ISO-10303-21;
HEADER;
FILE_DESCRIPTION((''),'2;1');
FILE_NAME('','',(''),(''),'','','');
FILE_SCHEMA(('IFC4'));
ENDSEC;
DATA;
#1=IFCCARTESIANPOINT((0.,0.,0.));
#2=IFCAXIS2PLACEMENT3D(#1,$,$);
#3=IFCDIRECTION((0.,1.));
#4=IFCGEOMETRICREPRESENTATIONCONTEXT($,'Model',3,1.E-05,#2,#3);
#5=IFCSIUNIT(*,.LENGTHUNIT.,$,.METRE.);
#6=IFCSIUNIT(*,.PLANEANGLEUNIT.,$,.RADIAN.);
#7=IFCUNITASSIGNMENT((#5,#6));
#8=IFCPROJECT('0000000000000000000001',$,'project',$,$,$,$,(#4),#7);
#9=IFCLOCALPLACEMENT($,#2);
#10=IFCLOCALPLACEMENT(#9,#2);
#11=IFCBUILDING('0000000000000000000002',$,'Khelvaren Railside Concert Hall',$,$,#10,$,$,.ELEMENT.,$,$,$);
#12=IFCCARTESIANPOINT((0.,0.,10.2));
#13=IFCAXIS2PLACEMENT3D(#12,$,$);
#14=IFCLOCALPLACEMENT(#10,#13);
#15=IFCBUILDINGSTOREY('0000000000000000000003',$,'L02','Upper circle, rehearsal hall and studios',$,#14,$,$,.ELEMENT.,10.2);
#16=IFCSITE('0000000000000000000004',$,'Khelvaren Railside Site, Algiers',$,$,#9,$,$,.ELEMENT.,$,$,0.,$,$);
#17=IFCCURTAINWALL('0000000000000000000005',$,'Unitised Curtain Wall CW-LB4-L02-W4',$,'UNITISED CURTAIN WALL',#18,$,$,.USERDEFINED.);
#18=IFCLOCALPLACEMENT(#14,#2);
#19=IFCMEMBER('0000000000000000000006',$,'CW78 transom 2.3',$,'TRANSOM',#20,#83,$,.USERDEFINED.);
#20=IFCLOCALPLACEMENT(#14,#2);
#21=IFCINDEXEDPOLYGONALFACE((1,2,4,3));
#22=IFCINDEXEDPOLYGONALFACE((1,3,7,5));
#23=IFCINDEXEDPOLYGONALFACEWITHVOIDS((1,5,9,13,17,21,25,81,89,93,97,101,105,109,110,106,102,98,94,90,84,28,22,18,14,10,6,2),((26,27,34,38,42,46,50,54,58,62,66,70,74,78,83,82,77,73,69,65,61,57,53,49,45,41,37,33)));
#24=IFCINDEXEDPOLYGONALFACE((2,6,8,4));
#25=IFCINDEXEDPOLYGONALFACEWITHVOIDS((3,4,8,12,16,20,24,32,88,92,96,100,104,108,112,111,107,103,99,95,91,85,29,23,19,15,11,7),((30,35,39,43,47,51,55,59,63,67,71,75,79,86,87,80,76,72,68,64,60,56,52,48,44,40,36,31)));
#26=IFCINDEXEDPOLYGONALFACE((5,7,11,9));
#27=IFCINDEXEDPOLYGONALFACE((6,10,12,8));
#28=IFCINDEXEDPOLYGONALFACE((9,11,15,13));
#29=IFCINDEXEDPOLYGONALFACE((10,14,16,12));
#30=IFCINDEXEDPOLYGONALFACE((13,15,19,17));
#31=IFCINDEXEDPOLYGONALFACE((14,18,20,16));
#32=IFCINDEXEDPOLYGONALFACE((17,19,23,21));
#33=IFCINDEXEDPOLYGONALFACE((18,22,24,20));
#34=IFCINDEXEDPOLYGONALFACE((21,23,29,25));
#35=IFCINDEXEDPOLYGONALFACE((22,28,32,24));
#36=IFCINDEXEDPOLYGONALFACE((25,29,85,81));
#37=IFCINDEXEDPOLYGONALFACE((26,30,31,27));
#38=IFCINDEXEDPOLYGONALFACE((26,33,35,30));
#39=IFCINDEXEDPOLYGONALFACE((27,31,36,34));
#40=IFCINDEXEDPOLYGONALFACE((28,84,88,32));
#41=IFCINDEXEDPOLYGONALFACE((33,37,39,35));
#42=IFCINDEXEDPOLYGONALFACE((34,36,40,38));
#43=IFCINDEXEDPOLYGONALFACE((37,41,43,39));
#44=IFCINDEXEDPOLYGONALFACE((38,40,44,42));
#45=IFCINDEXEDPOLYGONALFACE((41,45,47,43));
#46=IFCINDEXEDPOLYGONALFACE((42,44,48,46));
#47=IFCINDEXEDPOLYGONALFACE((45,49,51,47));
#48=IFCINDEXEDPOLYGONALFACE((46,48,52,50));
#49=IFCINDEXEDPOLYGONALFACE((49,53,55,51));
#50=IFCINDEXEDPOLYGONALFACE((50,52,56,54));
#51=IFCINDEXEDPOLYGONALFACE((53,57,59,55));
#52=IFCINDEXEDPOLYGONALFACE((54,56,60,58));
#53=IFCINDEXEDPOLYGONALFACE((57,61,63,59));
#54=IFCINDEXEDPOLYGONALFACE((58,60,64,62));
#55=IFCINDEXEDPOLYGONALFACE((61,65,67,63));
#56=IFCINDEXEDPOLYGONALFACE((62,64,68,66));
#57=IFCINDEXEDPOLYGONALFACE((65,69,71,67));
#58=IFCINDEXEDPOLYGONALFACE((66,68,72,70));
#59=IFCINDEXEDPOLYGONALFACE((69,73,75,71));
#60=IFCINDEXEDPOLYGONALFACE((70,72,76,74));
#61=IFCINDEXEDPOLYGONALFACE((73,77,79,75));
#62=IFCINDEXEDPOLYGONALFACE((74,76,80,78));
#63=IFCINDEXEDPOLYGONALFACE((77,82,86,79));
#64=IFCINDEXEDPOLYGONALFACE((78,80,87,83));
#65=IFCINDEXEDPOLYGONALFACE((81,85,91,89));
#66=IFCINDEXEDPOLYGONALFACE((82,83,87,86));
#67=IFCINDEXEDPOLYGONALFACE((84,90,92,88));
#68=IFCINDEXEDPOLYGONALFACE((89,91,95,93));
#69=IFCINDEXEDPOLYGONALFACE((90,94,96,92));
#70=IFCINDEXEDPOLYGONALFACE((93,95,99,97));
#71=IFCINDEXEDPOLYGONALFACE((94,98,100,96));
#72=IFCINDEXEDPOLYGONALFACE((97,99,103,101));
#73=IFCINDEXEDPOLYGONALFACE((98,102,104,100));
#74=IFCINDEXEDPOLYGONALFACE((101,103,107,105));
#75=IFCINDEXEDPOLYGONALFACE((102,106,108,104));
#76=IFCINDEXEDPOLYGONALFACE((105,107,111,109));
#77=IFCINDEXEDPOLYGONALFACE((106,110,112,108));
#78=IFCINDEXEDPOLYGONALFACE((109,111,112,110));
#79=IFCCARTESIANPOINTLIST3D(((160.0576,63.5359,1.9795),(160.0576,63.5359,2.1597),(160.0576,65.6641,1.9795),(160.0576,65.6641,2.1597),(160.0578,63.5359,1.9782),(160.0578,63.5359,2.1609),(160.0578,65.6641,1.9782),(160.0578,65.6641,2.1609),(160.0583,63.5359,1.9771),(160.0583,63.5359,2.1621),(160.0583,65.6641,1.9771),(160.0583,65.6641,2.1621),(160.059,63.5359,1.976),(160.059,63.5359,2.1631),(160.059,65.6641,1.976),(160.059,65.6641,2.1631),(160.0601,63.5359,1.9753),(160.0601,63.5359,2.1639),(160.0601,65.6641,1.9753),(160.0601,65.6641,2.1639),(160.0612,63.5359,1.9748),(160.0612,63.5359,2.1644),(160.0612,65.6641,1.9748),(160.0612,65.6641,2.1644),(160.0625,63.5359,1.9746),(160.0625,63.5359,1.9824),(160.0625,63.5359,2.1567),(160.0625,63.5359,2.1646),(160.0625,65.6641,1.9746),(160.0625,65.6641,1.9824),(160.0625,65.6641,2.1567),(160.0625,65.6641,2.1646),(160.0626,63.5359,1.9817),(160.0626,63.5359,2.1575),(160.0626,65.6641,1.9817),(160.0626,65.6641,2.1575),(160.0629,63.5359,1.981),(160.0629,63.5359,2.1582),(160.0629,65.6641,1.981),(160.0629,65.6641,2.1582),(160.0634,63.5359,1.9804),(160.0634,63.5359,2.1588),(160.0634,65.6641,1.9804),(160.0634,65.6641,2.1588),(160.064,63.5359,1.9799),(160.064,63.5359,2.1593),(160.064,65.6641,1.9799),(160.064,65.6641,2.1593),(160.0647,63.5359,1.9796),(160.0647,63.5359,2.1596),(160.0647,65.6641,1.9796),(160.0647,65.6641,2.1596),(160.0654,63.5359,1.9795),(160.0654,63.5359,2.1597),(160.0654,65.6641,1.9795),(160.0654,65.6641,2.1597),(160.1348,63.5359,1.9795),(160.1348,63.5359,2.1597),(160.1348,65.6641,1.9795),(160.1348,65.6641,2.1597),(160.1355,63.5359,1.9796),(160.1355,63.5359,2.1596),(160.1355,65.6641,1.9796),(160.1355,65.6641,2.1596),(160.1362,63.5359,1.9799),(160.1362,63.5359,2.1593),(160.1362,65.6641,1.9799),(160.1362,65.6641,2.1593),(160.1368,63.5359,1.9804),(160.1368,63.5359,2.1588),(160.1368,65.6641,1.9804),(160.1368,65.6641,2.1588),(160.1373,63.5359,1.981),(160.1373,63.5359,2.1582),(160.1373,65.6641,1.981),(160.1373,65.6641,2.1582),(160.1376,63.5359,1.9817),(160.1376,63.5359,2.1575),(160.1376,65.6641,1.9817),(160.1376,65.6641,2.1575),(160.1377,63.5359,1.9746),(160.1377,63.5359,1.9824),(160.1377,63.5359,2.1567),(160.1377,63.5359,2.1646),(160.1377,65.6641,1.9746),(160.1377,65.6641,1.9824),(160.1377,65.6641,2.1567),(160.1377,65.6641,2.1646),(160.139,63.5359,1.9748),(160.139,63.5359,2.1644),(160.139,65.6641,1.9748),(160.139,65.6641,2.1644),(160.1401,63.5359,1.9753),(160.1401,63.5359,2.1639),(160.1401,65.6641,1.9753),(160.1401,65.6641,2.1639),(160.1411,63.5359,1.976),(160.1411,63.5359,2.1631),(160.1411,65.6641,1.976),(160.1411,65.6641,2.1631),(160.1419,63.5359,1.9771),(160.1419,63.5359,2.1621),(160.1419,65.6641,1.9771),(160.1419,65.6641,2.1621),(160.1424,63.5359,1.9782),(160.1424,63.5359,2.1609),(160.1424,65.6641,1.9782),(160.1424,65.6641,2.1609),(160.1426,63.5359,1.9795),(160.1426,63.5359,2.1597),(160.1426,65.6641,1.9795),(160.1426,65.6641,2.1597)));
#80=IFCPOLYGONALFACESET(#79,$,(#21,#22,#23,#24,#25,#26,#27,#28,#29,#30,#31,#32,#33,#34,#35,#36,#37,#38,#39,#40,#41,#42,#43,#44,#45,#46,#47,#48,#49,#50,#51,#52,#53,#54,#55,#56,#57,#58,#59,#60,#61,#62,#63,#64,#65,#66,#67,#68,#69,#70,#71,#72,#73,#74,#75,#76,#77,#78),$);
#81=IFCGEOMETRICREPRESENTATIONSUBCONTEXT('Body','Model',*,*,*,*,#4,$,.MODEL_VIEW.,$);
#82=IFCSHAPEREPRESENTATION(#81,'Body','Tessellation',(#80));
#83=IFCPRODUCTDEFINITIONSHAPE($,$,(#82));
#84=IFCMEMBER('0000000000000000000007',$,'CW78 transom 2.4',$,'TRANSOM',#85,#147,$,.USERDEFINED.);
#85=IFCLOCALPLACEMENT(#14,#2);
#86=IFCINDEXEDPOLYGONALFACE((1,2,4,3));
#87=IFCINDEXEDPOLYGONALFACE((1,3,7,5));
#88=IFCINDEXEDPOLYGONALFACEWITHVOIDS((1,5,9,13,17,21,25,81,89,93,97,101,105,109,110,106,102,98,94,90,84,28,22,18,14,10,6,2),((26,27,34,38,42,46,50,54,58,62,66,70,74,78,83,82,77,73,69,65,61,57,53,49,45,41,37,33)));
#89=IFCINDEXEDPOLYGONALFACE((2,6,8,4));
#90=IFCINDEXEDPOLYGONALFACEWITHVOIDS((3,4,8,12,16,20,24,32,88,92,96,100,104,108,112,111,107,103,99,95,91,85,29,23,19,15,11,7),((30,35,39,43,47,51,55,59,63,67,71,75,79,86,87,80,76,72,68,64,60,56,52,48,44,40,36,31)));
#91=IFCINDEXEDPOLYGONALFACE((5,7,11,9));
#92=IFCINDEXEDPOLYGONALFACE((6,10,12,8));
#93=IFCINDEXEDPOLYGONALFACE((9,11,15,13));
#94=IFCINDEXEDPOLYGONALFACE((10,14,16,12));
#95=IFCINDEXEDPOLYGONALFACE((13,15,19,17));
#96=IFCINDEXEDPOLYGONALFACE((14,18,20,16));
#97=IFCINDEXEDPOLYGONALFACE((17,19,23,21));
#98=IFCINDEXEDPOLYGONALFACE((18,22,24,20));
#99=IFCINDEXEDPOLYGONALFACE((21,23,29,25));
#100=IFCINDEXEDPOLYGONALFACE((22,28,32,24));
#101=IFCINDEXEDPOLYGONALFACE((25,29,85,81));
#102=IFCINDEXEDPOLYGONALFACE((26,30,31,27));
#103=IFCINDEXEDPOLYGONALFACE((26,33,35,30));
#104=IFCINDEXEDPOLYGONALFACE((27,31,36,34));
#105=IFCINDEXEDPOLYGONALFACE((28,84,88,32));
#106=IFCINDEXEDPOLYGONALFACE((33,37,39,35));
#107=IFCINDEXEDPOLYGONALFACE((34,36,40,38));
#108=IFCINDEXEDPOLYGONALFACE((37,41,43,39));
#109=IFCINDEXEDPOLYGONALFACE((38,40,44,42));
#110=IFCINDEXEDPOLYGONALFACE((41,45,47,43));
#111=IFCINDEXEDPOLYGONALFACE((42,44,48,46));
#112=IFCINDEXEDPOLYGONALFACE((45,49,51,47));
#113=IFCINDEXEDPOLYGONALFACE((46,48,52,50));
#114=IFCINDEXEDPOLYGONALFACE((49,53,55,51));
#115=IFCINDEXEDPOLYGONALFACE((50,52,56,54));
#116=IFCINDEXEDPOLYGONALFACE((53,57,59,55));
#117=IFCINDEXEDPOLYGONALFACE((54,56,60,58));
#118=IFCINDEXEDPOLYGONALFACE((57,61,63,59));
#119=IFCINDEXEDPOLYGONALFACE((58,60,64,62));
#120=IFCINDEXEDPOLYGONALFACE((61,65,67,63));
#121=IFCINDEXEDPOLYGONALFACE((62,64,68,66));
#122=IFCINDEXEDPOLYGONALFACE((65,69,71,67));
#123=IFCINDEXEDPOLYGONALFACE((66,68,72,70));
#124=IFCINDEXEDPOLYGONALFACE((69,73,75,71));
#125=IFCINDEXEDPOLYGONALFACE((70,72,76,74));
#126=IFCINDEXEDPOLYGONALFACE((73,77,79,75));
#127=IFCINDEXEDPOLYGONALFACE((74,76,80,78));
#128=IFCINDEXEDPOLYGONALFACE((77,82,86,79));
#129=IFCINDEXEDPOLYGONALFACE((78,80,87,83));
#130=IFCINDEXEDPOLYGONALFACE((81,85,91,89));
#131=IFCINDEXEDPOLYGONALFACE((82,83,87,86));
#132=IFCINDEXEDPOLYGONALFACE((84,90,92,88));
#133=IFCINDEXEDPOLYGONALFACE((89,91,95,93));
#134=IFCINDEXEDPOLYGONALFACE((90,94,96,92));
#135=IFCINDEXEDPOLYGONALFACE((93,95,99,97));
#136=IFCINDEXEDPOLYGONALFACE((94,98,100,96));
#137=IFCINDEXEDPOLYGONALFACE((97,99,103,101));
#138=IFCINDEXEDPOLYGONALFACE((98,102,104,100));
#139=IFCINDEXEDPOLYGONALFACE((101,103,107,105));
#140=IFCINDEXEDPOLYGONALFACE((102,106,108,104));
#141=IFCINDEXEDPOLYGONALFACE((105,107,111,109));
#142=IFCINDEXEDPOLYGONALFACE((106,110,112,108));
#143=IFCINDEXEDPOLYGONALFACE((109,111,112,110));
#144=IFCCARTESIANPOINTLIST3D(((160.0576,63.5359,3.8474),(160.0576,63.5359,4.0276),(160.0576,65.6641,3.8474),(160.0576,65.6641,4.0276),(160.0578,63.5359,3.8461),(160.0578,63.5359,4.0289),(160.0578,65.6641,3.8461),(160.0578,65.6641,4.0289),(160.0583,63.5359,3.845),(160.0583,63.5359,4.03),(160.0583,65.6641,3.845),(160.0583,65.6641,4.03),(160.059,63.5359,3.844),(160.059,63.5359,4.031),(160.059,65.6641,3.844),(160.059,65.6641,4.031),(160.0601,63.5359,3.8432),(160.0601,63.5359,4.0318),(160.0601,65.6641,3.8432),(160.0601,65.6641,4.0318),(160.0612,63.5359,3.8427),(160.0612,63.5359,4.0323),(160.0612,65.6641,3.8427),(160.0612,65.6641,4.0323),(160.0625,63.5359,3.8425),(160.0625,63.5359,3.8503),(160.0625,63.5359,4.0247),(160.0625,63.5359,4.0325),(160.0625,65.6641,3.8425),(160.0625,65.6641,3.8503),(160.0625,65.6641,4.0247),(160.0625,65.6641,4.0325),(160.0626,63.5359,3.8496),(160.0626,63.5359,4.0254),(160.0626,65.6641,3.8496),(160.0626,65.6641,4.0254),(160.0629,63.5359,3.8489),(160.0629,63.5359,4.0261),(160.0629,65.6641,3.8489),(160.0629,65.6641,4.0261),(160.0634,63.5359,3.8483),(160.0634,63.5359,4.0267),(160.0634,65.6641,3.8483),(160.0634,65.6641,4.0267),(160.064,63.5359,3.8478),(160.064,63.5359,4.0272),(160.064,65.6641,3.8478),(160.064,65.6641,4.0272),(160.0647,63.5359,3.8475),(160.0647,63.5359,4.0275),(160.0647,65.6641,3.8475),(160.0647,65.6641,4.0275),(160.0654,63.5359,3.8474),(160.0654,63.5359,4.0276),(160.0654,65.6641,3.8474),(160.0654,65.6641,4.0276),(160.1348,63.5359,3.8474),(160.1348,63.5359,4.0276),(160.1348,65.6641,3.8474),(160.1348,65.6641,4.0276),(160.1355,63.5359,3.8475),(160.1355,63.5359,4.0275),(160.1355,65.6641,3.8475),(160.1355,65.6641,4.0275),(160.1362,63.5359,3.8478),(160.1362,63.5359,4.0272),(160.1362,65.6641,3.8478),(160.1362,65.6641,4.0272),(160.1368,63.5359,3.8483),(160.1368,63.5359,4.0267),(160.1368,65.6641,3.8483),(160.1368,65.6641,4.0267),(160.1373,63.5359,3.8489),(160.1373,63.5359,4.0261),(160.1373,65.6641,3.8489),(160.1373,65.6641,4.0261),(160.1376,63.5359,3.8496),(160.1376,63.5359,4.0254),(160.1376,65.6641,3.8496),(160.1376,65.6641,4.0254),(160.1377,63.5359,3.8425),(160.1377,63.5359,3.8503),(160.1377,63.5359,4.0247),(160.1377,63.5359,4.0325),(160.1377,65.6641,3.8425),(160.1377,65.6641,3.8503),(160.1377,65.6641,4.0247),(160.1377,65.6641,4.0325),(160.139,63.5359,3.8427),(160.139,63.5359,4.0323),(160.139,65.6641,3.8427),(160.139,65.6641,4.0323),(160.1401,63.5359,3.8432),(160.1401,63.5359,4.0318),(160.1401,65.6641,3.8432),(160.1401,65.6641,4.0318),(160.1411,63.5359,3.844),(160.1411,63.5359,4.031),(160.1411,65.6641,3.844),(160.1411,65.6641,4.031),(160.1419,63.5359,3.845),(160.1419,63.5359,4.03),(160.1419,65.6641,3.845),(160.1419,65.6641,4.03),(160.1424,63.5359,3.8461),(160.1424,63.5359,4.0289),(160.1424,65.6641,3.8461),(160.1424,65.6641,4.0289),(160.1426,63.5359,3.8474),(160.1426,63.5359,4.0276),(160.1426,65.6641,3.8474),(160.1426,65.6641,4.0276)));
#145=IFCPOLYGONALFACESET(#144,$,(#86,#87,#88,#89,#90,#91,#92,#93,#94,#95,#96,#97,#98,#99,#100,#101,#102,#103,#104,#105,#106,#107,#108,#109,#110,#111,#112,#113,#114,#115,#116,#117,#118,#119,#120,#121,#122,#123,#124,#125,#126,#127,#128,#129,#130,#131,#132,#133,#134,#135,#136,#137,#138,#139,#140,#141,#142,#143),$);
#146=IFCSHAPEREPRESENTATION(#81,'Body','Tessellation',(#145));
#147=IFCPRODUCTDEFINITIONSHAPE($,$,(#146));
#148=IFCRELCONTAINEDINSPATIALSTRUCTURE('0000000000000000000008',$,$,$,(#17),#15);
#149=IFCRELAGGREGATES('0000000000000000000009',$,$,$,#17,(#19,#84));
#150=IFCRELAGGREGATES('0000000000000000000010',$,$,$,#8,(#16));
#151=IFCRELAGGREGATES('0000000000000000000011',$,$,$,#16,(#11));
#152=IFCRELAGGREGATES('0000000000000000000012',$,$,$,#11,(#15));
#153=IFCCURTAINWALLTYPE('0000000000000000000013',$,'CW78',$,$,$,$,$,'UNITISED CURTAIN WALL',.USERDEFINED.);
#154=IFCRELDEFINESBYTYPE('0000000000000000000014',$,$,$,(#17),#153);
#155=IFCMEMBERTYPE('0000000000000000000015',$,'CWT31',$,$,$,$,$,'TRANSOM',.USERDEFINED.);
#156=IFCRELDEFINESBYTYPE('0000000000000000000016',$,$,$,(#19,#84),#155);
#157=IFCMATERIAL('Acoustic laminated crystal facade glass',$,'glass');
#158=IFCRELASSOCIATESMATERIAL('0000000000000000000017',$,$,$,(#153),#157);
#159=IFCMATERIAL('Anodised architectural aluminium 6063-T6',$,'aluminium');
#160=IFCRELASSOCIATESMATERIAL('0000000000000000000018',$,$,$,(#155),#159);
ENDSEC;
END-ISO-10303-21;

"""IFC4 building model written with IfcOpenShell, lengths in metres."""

from ifc_helpers import new_model, si_unit, direction, frame, origin, origin_2d, place, context, subcontext, project, spatial, hollow_rectangle, extrude, material, material_profile, profile_set, type_object, element, aggregate, save


model = new_model("IFC4")

# Units and contexts
model_context = context("Model", 3, precision=1e-05, world=origin(), true_north=direction((0.0, 1.0)))
body_context = subcontext(model_context, "Body", "Model", "MODEL_VIEW")
ifc_project = project(units=[si_unit("LENGTHUNIT", "METRE"), si_unit("PLANEANGLEUNIT", "RADIAN")], contexts=[model_context])

# Site, building, storey
site_placement = place(None, origin())
site = spatial("IfcSite", under=ifc_project, at=site_placement, Name="Khelvaren Railside Site, Algiers", CompositionType="ELEMENT", RefElevation=0.0)
building_placement = place(site_placement, origin())
building = spatial("IfcBuilding", under=site, at=building_placement, Name="Khelvaren Railside Concert Hall", CompositionType="ELEMENT")
storey_placement = place(building_placement, frame((0.0, 0.0, 10.2)))
storey = spatial("IfcBuildingStorey", under=building, at=storey_placement, Name="L02", Description="Upper circle, rehearsal hall and studios", CompositionType="ELEMENT", Elevation=10.2)

# Shared definitions
ifc_material_1 = material(Name="Acoustic laminated crystal facade glass", Category="glass")
curtain_wall_type = type_object("IfcCurtainWallType", Name="CW78", ElementType="UNITISED CURTAIN WALL", PredefinedType="USERDEFINED", material=ifc_material_1)
ifc_material_2 = material(Name="Anodised architectural aluminium 6063-T6", Category="aluminium")

# Curtain wall, members
curtain_wall_1_placement = place(storey_placement, origin())
curtain_wall_1 = element("IfcCurtainWall", 1, at=curtain_wall_1_placement, inside=storey, type_object=curtain_wall_type, Name="Unitised Curtain Wall CW-LB4-L02-W4", ObjectType="UNITISED CURTAIN WALL", PredefinedType="USERDEFINED")
ifc_material_profile_1 = material_profile(ifc_material_2, hollow_rectangle(XDim=0.085, YDim=0.1899, WallThickness=0.0049, InnerFilletRadius=0.0029, OuterFilletRadius=0.0049, at=origin_2d()), Name="CWT 85x190x5")
ifc_profile_set_1 = profile_set([ifc_material_profile_1], Name="Anodised architectural aluminium 6063-T6")
member_type_1 = type_object("IfcMemberType", Name="CWT31", ElementType="TRANSOM", PredefinedType="USERDEFINED", material=ifc_profile_set_1)
member_1_placement = place(storey_placement, frame((160.1001, 63.5359, 2.0696), z_axis=(0.0, 1.0, 0.0), x_axis=(-1.0, 0.0, 0.0)))
member_1 = element("IfcMember", 2, at=member_1_placement, type_object=member_type_1, Name="CW78 transom 2.3", ObjectType="TRANSOM", PredefinedType="USERDEFINED", context=body_context, shape_type="SweptSolid", body=[
    extrude(hollow_rectangle(XDim=0.085, YDim=0.1899, WallThickness=0.0049, InnerFilletRadius=0.0029, OuterFilletRadius=0.0049, at=origin_2d()), origin(), (0.0, 0.0, 1.0), 2.1282),
])
member_2_placement = place(storey_placement, frame((160.1001, 63.5359, 3.9375), z_axis=(0.0, 1.0, 0.0), x_axis=(-1.0, 0.0, 0.0)))
member_2 = element("IfcMember", 3, at=member_2_placement, type_object=member_type_1, Name="CW78 transom 2.4", ObjectType="TRANSOM", PredefinedType="USERDEFINED", context=body_context, shape_type="SweptSolid", body=[
    extrude(hollow_rectangle(XDim=0.085, YDim=0.1899, WallThickness=0.0049, InnerFilletRadius=0.0029, OuterFilletRadius=0.0049, at=origin_2d()), origin(), (0.0, 0.0, 1.0), 2.1282),
])

aggregate(curtain_wall_1, [member_1, member_2])

save(model, "model.ifc")
